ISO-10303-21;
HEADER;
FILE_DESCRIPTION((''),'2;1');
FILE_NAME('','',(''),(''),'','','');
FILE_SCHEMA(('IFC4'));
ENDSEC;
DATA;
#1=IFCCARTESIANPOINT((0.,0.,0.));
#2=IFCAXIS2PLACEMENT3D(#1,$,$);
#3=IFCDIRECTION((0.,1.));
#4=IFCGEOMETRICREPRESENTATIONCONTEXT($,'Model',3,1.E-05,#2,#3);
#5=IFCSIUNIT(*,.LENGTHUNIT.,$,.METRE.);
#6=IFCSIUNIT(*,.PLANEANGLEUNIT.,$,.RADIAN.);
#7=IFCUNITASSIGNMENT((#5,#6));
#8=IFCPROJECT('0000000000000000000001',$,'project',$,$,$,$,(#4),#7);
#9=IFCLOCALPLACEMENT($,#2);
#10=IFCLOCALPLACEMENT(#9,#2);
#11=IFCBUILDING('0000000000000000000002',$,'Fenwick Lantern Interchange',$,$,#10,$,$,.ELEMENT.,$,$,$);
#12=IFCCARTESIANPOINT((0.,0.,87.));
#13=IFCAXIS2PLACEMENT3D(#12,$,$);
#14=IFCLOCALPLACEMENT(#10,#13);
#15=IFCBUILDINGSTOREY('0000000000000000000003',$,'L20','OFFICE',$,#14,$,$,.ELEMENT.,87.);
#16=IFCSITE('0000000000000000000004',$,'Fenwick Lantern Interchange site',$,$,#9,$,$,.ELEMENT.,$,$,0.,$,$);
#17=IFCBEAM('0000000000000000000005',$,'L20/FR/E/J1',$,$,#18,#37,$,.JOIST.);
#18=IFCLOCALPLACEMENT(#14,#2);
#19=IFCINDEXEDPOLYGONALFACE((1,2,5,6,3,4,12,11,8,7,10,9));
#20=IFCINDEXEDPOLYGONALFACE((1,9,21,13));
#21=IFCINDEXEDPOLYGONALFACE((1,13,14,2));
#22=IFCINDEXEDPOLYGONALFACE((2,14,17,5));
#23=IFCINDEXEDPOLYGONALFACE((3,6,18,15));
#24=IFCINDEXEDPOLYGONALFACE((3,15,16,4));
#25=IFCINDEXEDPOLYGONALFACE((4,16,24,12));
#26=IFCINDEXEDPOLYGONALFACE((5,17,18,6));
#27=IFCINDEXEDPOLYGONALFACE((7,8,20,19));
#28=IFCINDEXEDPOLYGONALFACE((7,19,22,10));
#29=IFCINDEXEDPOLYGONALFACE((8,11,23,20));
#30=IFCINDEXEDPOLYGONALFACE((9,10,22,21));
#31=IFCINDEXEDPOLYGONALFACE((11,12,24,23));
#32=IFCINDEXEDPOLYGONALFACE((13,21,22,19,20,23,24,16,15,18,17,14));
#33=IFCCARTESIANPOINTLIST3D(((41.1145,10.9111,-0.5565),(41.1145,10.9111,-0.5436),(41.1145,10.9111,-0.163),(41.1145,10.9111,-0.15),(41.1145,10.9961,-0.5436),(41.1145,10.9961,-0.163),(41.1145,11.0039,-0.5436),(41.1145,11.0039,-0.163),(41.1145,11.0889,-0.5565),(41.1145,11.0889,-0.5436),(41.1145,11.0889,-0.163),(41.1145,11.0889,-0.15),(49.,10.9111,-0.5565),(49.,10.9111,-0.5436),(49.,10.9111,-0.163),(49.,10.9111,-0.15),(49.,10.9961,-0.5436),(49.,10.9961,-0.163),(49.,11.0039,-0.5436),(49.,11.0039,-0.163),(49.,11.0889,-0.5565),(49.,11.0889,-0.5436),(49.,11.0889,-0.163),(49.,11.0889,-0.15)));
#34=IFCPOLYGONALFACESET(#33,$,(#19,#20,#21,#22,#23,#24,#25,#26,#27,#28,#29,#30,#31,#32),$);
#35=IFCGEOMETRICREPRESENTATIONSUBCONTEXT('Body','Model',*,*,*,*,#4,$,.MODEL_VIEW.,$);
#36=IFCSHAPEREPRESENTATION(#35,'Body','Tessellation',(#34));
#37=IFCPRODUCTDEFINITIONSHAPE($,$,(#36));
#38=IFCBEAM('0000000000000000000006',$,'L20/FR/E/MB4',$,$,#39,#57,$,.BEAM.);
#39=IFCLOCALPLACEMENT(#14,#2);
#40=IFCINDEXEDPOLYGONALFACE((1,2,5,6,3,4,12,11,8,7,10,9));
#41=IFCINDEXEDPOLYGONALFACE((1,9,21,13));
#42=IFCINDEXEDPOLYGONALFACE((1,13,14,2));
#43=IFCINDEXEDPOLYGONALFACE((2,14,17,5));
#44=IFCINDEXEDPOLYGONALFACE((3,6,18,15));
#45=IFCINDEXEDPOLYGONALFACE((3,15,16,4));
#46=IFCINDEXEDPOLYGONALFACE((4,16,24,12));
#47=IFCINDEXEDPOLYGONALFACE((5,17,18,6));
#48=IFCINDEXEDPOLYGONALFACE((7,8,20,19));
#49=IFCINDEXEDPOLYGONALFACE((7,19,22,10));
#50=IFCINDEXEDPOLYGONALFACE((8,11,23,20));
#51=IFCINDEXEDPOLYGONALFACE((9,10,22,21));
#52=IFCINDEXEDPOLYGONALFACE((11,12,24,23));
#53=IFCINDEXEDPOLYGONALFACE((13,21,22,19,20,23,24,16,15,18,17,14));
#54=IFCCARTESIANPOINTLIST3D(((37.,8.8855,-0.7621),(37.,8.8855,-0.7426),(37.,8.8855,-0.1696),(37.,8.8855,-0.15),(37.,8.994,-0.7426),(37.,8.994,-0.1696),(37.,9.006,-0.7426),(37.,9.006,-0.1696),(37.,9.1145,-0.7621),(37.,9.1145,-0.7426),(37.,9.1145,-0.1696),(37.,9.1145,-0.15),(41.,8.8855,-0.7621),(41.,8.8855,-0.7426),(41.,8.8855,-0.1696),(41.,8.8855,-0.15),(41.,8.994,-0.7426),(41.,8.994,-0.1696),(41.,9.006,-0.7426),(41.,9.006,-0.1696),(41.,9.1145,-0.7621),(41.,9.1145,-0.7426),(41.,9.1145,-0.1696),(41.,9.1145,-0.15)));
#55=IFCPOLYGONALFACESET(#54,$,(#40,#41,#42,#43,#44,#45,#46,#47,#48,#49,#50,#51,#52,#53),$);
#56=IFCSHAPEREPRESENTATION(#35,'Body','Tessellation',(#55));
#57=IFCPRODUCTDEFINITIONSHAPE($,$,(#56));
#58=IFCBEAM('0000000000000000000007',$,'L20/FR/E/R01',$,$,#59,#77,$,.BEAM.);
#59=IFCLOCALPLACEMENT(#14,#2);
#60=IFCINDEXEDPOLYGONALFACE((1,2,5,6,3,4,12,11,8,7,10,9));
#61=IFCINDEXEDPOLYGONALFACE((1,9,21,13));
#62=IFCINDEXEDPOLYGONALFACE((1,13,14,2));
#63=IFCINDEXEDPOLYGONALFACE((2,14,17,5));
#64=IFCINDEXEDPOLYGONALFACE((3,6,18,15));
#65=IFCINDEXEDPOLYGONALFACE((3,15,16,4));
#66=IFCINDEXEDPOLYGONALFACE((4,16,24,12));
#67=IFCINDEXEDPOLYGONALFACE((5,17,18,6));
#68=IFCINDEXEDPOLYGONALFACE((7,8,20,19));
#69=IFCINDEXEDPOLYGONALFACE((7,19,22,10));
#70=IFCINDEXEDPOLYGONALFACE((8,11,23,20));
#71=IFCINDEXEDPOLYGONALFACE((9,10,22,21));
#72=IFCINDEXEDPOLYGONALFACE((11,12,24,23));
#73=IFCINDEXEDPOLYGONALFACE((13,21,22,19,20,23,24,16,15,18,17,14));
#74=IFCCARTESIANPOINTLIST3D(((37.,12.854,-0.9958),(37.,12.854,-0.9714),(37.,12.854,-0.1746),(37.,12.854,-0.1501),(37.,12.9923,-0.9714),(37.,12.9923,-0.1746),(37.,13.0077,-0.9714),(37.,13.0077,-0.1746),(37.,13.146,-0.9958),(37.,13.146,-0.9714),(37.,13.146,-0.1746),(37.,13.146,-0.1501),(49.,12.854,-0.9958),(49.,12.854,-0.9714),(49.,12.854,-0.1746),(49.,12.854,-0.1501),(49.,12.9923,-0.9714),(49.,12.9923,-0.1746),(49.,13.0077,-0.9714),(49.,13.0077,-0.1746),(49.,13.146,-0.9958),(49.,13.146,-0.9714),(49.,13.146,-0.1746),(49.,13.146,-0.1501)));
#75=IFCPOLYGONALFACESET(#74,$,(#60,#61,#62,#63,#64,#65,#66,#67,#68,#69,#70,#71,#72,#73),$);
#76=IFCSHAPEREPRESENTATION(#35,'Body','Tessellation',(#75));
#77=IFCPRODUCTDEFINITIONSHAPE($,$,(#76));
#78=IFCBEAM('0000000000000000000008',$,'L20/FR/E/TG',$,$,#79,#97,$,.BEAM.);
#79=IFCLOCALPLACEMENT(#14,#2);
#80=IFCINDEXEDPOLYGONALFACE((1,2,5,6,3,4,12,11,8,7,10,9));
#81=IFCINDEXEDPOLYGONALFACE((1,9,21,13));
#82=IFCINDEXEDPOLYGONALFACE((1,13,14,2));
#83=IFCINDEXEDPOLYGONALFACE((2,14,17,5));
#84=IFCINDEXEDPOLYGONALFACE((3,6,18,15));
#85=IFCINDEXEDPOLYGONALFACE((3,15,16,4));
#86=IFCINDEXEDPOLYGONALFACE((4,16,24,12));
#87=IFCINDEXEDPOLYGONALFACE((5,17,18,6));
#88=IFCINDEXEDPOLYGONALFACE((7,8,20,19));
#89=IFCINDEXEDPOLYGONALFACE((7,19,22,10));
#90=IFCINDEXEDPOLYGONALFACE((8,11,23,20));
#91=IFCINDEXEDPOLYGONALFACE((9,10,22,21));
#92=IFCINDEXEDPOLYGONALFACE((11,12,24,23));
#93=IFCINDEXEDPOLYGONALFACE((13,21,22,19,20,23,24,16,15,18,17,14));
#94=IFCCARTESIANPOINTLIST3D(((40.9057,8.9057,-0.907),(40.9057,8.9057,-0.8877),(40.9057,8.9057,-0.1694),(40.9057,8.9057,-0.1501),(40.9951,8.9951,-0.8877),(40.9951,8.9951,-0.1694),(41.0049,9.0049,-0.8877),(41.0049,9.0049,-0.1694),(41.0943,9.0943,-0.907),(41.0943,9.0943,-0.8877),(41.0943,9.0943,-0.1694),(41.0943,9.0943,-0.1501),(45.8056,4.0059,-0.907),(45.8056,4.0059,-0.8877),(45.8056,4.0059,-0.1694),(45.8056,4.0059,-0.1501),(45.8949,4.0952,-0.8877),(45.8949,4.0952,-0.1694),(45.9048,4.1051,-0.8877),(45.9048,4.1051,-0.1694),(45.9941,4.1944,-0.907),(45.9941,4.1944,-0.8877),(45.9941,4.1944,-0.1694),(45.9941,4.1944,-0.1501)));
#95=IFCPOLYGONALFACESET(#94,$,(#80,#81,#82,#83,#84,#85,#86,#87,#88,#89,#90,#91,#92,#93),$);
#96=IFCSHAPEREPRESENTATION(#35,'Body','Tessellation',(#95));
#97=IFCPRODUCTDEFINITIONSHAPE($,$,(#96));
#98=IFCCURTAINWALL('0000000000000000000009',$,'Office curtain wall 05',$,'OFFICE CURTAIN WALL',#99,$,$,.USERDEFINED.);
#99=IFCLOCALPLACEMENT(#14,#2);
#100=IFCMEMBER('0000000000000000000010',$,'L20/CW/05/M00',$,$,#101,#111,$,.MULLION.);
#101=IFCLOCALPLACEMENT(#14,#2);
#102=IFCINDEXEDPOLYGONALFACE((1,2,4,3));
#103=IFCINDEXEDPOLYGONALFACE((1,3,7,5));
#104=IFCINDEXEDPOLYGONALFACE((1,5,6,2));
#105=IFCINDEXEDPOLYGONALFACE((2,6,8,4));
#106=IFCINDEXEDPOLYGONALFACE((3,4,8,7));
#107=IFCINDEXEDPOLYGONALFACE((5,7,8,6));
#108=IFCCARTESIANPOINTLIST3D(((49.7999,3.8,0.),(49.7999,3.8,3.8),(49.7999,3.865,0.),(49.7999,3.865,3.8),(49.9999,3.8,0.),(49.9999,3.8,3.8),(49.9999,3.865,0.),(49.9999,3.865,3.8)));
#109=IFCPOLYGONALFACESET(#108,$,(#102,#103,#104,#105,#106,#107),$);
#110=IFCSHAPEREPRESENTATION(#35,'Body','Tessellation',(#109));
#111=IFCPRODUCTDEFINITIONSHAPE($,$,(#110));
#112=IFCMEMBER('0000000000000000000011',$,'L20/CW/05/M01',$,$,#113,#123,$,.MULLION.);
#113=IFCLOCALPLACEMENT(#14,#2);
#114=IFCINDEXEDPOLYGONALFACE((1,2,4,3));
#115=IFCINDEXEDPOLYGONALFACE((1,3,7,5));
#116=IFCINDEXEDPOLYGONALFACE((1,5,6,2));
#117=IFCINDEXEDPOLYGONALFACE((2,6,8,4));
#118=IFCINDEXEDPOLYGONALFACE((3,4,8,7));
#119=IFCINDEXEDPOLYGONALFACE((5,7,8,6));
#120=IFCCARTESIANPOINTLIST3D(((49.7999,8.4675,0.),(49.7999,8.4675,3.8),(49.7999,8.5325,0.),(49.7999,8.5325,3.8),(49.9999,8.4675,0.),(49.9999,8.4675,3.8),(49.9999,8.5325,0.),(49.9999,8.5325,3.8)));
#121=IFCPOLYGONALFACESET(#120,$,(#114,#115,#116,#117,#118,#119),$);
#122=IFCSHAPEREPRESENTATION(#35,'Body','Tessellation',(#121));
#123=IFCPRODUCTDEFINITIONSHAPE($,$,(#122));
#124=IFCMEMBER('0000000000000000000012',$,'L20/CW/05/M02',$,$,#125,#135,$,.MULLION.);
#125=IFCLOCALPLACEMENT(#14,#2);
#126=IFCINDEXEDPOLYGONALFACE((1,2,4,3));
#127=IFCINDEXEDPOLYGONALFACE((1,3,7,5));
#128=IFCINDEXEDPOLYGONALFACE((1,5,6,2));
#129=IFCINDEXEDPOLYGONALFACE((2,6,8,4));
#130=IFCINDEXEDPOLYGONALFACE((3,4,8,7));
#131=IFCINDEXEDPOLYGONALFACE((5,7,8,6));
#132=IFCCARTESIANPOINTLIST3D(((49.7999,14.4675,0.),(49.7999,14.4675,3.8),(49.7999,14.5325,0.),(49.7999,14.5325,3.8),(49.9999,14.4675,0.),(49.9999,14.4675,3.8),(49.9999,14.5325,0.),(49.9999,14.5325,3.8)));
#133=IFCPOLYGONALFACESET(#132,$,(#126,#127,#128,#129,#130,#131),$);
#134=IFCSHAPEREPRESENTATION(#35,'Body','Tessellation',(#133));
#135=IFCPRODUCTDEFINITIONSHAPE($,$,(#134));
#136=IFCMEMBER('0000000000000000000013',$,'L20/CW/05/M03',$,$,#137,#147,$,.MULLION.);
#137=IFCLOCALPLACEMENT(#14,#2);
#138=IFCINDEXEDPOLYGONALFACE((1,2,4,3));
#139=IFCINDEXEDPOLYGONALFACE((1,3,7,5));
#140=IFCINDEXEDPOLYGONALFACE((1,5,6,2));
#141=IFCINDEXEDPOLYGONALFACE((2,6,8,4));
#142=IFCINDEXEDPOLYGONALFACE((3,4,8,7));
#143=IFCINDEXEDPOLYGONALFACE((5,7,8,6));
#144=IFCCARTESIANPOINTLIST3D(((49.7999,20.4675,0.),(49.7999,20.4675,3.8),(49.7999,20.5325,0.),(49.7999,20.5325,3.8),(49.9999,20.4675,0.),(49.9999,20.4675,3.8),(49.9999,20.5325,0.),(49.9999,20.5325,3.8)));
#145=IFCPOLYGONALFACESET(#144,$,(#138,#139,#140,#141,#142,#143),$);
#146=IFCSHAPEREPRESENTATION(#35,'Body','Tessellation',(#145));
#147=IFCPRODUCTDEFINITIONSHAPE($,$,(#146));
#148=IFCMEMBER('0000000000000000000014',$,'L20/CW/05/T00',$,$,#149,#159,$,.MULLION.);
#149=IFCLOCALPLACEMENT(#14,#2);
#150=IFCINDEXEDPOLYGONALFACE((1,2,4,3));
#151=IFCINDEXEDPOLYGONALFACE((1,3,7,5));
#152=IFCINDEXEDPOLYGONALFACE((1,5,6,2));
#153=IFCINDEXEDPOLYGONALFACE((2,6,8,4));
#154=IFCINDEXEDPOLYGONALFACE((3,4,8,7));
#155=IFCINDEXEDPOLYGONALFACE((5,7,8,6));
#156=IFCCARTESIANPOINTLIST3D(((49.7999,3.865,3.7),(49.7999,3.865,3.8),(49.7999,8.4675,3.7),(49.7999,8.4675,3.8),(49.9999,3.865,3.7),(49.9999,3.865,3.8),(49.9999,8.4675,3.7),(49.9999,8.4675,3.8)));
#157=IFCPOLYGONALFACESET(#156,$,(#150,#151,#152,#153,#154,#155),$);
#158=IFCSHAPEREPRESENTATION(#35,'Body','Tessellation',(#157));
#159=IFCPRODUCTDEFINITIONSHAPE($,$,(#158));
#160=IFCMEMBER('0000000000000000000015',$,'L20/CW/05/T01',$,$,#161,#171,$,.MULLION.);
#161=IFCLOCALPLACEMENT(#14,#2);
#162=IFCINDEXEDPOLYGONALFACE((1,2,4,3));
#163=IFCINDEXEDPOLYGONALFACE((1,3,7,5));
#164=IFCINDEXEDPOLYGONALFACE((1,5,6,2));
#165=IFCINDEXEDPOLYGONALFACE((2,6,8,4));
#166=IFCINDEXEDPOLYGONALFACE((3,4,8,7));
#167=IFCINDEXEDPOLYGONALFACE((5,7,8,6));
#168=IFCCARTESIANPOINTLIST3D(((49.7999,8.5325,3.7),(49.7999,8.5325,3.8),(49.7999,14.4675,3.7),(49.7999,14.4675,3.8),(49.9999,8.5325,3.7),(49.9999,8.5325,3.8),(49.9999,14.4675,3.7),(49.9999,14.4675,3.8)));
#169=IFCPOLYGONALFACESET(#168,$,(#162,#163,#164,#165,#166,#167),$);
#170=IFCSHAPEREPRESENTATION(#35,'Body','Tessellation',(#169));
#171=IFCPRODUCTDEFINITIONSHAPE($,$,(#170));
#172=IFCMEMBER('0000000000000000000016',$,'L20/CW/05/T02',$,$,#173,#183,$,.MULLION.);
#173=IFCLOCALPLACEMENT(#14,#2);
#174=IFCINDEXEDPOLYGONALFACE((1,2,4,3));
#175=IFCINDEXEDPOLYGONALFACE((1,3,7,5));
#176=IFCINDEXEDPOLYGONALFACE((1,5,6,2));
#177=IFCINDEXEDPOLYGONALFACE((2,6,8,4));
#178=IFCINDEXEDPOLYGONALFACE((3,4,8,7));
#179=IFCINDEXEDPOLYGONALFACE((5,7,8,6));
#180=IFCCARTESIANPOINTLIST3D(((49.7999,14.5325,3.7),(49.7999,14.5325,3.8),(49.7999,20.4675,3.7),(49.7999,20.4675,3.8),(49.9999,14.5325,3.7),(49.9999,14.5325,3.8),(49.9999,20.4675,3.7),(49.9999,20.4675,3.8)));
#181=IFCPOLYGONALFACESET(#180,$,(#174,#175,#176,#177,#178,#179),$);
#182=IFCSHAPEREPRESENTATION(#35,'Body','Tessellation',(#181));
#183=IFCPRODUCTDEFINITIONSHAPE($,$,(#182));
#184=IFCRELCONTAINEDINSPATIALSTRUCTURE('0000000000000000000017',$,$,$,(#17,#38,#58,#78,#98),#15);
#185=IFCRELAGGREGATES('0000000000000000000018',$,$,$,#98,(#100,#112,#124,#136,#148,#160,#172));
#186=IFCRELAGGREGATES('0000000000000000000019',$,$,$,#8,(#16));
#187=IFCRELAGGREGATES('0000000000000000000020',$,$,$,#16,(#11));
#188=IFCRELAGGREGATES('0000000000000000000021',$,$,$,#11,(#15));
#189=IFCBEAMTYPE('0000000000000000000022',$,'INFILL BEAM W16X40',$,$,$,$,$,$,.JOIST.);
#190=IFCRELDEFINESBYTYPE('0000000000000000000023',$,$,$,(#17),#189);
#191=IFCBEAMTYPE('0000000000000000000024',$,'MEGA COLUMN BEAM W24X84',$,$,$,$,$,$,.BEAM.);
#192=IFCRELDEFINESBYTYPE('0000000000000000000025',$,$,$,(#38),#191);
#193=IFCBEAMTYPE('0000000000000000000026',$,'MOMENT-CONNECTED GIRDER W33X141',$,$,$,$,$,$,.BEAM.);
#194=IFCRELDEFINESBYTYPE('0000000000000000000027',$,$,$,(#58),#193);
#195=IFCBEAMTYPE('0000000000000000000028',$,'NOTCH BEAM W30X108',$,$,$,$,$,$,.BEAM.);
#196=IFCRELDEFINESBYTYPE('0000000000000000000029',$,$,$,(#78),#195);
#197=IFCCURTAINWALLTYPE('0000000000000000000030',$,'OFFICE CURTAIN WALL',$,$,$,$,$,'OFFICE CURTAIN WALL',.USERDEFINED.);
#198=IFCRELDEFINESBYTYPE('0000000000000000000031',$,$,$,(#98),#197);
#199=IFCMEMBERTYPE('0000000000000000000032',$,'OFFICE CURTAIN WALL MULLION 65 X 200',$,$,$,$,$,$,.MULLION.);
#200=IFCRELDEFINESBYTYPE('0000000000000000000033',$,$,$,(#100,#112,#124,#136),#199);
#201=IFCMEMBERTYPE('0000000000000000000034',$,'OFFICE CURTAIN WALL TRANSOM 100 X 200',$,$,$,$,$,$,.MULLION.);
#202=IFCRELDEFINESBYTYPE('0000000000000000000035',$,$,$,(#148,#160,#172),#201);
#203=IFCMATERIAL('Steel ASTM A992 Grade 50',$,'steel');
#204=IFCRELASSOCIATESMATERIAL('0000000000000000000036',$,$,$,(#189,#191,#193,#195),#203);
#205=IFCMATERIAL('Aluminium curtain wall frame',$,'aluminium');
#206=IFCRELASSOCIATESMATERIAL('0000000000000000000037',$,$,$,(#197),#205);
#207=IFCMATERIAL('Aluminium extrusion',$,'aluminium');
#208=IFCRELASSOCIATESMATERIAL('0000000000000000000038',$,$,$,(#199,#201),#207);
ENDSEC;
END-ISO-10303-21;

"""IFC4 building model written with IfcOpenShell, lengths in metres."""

from ifc_helpers import new_model, si_unit, direction, frame, origin, origin_2d, place, context, subcontext, project, spatial, rectangle, i_section, extrude, material, material_profile, profile_set, type_object, element, aggregate, save


model = new_model("IFC4")

# Units and contexts
model_context = context("Model", 3, precision=1e-05, world=origin(), true_north=direction((0.0, 1.0)))
body_context = subcontext(model_context, "Body", "Model", "MODEL_VIEW")
ifc_project = project(units=[si_unit("LENGTHUNIT", "METRE"), si_unit("PLANEANGLEUNIT", "RADIAN")], contexts=[model_context])

# Site, building, storey
site_placement = place(None, origin())
site = spatial("IfcSite", under=ifc_project, at=site_placement, Name="Fenwick Lantern Interchange site", CompositionType="ELEMENT", RefElevation=0.0)
building_placement = place(site_placement, origin())
building = spatial("IfcBuilding", under=site, at=building_placement, Name="Fenwick Lantern Interchange", CompositionType="ELEMENT")
storey_placement = place(building_placement, frame((0.0, 0.0, 87.0)))
storey = spatial("IfcBuildingStorey", under=building, at=storey_placement, Name="L20", Description="OFFICE", CompositionType="ELEMENT", Elevation=87.0)

# Beams
ifc_material_1 = material(Name="Steel ASTM A992 Grade 50", Category="steel")
ifc_material_profile_1 = material_profile(ifc_material_1, i_section(OverallWidth=0.1777, OverallDepth=0.4065, WebThickness=0.0078, FlangeThickness=0.0129, at=origin_2d()), Name="W16X40")
ifc_profile_set_1 = profile_set([ifc_material_profile_1], Name="Steel ASTM A992 Grade 50")
beam_type_1 = type_object("IfcBeamType", Name="INFILL BEAM W16X40", PredefinedType="JOIST", material=ifc_profile_set_1)
beam_1_placement = place(storey_placement, frame((49.0, 11.0, -0.3533), z_axis=(-1.0, 0.0, 0.0), x_axis=(0.0, -1.0, 0.0)))
element("IfcBeam", 1, at=beam_1_placement, inside=storey, type_object=beam_type_1, Name="L20/FR/E/J1", PredefinedType="JOIST", context=body_context, shape_type="SweptSolid", body=[
    extrude(i_section(OverallWidth=0.1777, OverallDepth=0.4065, WebThickness=0.0078, FlangeThickness=0.0129, at=origin_2d()), origin(), (0.0, 0.0, 1.0), 7.8855),
])
ifc_material_profile_2 = material_profile(ifc_material_1, i_section(OverallWidth=0.229, OverallDepth=0.6121, WebThickness=0.012, FlangeThickness=0.0195, at=origin_2d()), Name="W24X84")
ifc_profile_set_2 = profile_set([ifc_material_profile_2], Name="Steel ASTM A992 Grade 50")
beam_type_2 = type_object("IfcBeamType", Name="MEGA COLUMN BEAM W24X84", PredefinedType="BEAM", material=ifc_profile_set_2)
beam_2_placement = place(storey_placement, frame((41.0, 9.0, -0.4561), z_axis=(-1.0, 0.0, 0.0), x_axis=(0.0, -1.0, 0.0)))
element("IfcBeam", 2, at=beam_2_placement, inside=storey, type_object=beam_type_2, Name="L20/FR/E/MB4", PredefinedType="BEAM", context=body_context, shape_type="SweptSolid", body=[
    extrude(i_section(OverallWidth=0.229, OverallDepth=0.6121, WebThickness=0.012, FlangeThickness=0.0195, at=origin_2d()), origin(), (0.0, 0.0, 1.0), 4.0),
])
ifc_material_profile_3 = material_profile(ifc_material_1, i_section(OverallWidth=0.292, OverallDepth=0.8457, WebThickness=0.0154, FlangeThickness=0.0244, at=origin_2d()), Name="W33X141")
ifc_profile_set_3 = profile_set([ifc_material_profile_3], Name="Steel ASTM A992 Grade 50")
beam_type_3 = type_object("IfcBeamType", Name="MOMENT-CONNECTED GIRDER W33X141", PredefinedType="BEAM", material=ifc_profile_set_3)
beam_3_placement = place(storey_placement, frame((49.0, 13.0, -0.573), z_axis=(-1.0, 0.0, 0.0), x_axis=(0.0, -1.0, 0.0)))
element("IfcBeam", 3, at=beam_3_placement, inside=storey, type_object=beam_type_3, Name="L20/FR/E/R01", PredefinedType="BEAM", context=body_context, shape_type="SweptSolid", body=[
    extrude(i_section(OverallWidth=0.292, OverallDepth=0.8457, WebThickness=0.0154, FlangeThickness=0.0244, at=origin_2d()), origin(), (0.0, 0.0, 1.0), 12.0),
])
ifc_material_profile_4 = material_profile(ifc_material_1, i_section(OverallWidth=0.2666, OverallDepth=0.7568, WebThickness=0.0139, FlangeThickness=0.0193, at=origin_2d()), Name="W30X108")
ifc_profile_set_4 = profile_set([ifc_material_profile_4], Name="Steel ASTM A992 Grade 50")
beam_type_4 = type_object("IfcBeamType", Name="NOTCH BEAM W30X108", PredefinedType="BEAM", material=ifc_profile_set_4)
beam_4_placement = place(storey_placement, frame((41.0, 9.0, -0.5286), z_axis=(0.707107, -0.707107, 0.0), x_axis=(0.707107, 0.707107, 0.0)))
element("IfcBeam", 4, at=beam_4_placement, inside=storey, type_object=beam_type_4, Name="L20/FR/E/TG", PredefinedType="BEAM", context=body_context, shape_type="SweptSolid", body=[
    extrude(i_section(OverallWidth=0.2666, OverallDepth=0.7568, WebThickness=0.0139, FlangeThickness=0.0193, at=origin_2d()), origin(), (0.0, 0.0, 1.0), 6.9294),
])

# Curtain wall, members
ifc_material_2 = material(Name="Aluminium curtain wall frame", Category="aluminium")
curtain_wall_type = type_object("IfcCurtainWallType", Name="OFFICE CURTAIN WALL", ElementType="OFFICE CURTAIN WALL", PredefinedType="USERDEFINED", material=ifc_material_2)
curtain_wall_placement = place(storey_placement, origin())
curtain_wall = element("IfcCurtainWall", 5, at=curtain_wall_placement, inside=storey, type_object=curtain_wall_type, Name="Office curtain wall 05", ObjectType="OFFICE CURTAIN WALL", PredefinedType="USERDEFINED")
ifc_material_3 = material(Name="Aluminium extrusion", Category="aluminium")
ifc_material_profile_5 = material_profile(ifc_material_3, rectangle(XDim=0.2, YDim=0.0649, at=origin_2d()), Name="OFFICE CURTAIN WALL MULLION 65 X 200")
ifc_profile_set_5 = profile_set([ifc_material_profile_5], Name="Aluminium extrusion")
member_type_1 = type_object("IfcMemberType", Name="OFFICE CURTAIN WALL MULLION 65 X 200", PredefinedType="MULLION", material=ifc_profile_set_5)
member_1_placement = place(storey_placement, frame((49.8999, 3.8325, 0.0), z_axis=(0.0, 0.0, 1.0), x_axis=(-1.0, 0.0, 0.0)))
member_1 = element("IfcMember", 6, at=member_1_placement, type_object=member_type_1, Name="L20/CW/05/M00", PredefinedType="MULLION", context=body_context, shape_type="SweptSolid", body=[
    extrude(rectangle(XDim=0.2, YDim=0.0649, at=origin_2d()), origin(), (0.0, 0.0, 1.0), 3.8),
])
member_2_placement = place(storey_placement, frame((49.8999, 8.5, 0.0), z_axis=(0.0, 0.0, 1.0), x_axis=(-1.0, 0.0, 0.0)))
member_2 = element("IfcMember", 7, at=member_2_placement, type_object=member_type_1, Name="L20/CW/05/M01", PredefinedType="MULLION", context=body_context, shape_type="SweptSolid", body=[
    extrude(rectangle(XDim=0.2, YDim=0.0649, at=origin_2d()), origin(), (0.0, 0.0, 1.0), 3.8),
])
member_3_placement = place(storey_placement, frame((49.8999, 14.5, 0.0), z_axis=(0.0, 0.0, 1.0), x_axis=(-1.0, 0.0, 0.0)))
member_3 = element("IfcMember", 8, at=member_3_placement, type_object=member_type_1, Name="L20/CW/05/M02", PredefinedType="MULLION", context=body_context, shape_type="SweptSolid", body=[
    extrude(rectangle(XDim=0.2, YDim=0.0649, at=origin_2d()), origin(), (0.0, 0.0, 1.0), 3.8),
])
member_4_placement = place(storey_placement, frame((49.8999, 20.5, 0.0), z_axis=(0.0, 0.0, 1.0), x_axis=(-1.0, 0.0, 0.0)))
member_4 = element("IfcMember", 9, at=member_4_placement, type_object=member_type_1, Name="L20/CW/05/M03", PredefinedType="MULLION", context=body_context, shape_type="SweptSolid", body=[
    extrude(rectangle(XDim=0.2, YDim=0.0649, at=origin_2d()), origin(), (0.0, 0.0, 1.0), 3.8),
])
ifc_material_profile_6 = material_profile(ifc_material_3, rectangle(XDim=0.2, YDim=0.1001, at=origin_2d()), Name="OFFICE CURTAIN WALL TRANSOM 100 X 200")
ifc_profile_set_6 = profile_set([ifc_material_profile_6], Name="Aluminium extrusion")
member_type_2 = type_object("IfcMemberType", Name="OFFICE CURTAIN WALL TRANSOM 100 X 200", PredefinedType="MULLION", material=ifc_profile_set_6)
member_5_placement = place(storey_placement, frame((49.8999, 3.865, 3.75), z_axis=(0.0, 1.0, 0.0), x_axis=(-1.0, 0.0, 0.0)))
member_5 = element("IfcMember", 10, at=member_5_placement, type_object=member_type_2, Name="L20/CW/05/T00", PredefinedType="MULLION", context=body_context, shape_type="SweptSolid", body=[
    extrude(rectangle(XDim=0.2, YDim=0.1001, at=origin_2d()), origin(), (0.0, 0.0, 1.0), 4.6025),
])
member_6_placement = place(storey_placement, frame((49.8999, 8.5325, 3.75), z_axis=(0.0, 1.0, 0.0), x_axis=(-1.0, 0.0, 0.0)))
member_6 = element("IfcMember", 11, at=member_6_placement, type_object=member_type_2, Name="L20/CW/05/T01", PredefinedType="MULLION", context=body_context, shape_type="SweptSolid", body=[
    extrude(rectangle(XDim=0.2, YDim=0.1001, at=origin_2d()), origin(), (0.0, 0.0, 1.0), 5.9351),
])
member_7_placement = place(storey_placement, frame((49.8999, 14.5325, 3.75), z_axis=(0.0, 1.0, 0.0), x_axis=(-1.0, 0.0, 0.0)))
member_7 = element("IfcMember", 12, at=member_7_placement, type_object=member_type_2, Name="L20/CW/05/T02", PredefinedType="MULLION", context=body_context, shape_type="SweptSolid", body=[
    extrude(rectangle(XDim=0.2, YDim=0.1001, at=origin_2d()), origin(), (0.0, 0.0, 1.0), 5.9351),
])
aggregate(curtain_wall, [member_1, member_2, member_3, member_4, member_5, member_6, member_7])

save(model, "model.ifc")
